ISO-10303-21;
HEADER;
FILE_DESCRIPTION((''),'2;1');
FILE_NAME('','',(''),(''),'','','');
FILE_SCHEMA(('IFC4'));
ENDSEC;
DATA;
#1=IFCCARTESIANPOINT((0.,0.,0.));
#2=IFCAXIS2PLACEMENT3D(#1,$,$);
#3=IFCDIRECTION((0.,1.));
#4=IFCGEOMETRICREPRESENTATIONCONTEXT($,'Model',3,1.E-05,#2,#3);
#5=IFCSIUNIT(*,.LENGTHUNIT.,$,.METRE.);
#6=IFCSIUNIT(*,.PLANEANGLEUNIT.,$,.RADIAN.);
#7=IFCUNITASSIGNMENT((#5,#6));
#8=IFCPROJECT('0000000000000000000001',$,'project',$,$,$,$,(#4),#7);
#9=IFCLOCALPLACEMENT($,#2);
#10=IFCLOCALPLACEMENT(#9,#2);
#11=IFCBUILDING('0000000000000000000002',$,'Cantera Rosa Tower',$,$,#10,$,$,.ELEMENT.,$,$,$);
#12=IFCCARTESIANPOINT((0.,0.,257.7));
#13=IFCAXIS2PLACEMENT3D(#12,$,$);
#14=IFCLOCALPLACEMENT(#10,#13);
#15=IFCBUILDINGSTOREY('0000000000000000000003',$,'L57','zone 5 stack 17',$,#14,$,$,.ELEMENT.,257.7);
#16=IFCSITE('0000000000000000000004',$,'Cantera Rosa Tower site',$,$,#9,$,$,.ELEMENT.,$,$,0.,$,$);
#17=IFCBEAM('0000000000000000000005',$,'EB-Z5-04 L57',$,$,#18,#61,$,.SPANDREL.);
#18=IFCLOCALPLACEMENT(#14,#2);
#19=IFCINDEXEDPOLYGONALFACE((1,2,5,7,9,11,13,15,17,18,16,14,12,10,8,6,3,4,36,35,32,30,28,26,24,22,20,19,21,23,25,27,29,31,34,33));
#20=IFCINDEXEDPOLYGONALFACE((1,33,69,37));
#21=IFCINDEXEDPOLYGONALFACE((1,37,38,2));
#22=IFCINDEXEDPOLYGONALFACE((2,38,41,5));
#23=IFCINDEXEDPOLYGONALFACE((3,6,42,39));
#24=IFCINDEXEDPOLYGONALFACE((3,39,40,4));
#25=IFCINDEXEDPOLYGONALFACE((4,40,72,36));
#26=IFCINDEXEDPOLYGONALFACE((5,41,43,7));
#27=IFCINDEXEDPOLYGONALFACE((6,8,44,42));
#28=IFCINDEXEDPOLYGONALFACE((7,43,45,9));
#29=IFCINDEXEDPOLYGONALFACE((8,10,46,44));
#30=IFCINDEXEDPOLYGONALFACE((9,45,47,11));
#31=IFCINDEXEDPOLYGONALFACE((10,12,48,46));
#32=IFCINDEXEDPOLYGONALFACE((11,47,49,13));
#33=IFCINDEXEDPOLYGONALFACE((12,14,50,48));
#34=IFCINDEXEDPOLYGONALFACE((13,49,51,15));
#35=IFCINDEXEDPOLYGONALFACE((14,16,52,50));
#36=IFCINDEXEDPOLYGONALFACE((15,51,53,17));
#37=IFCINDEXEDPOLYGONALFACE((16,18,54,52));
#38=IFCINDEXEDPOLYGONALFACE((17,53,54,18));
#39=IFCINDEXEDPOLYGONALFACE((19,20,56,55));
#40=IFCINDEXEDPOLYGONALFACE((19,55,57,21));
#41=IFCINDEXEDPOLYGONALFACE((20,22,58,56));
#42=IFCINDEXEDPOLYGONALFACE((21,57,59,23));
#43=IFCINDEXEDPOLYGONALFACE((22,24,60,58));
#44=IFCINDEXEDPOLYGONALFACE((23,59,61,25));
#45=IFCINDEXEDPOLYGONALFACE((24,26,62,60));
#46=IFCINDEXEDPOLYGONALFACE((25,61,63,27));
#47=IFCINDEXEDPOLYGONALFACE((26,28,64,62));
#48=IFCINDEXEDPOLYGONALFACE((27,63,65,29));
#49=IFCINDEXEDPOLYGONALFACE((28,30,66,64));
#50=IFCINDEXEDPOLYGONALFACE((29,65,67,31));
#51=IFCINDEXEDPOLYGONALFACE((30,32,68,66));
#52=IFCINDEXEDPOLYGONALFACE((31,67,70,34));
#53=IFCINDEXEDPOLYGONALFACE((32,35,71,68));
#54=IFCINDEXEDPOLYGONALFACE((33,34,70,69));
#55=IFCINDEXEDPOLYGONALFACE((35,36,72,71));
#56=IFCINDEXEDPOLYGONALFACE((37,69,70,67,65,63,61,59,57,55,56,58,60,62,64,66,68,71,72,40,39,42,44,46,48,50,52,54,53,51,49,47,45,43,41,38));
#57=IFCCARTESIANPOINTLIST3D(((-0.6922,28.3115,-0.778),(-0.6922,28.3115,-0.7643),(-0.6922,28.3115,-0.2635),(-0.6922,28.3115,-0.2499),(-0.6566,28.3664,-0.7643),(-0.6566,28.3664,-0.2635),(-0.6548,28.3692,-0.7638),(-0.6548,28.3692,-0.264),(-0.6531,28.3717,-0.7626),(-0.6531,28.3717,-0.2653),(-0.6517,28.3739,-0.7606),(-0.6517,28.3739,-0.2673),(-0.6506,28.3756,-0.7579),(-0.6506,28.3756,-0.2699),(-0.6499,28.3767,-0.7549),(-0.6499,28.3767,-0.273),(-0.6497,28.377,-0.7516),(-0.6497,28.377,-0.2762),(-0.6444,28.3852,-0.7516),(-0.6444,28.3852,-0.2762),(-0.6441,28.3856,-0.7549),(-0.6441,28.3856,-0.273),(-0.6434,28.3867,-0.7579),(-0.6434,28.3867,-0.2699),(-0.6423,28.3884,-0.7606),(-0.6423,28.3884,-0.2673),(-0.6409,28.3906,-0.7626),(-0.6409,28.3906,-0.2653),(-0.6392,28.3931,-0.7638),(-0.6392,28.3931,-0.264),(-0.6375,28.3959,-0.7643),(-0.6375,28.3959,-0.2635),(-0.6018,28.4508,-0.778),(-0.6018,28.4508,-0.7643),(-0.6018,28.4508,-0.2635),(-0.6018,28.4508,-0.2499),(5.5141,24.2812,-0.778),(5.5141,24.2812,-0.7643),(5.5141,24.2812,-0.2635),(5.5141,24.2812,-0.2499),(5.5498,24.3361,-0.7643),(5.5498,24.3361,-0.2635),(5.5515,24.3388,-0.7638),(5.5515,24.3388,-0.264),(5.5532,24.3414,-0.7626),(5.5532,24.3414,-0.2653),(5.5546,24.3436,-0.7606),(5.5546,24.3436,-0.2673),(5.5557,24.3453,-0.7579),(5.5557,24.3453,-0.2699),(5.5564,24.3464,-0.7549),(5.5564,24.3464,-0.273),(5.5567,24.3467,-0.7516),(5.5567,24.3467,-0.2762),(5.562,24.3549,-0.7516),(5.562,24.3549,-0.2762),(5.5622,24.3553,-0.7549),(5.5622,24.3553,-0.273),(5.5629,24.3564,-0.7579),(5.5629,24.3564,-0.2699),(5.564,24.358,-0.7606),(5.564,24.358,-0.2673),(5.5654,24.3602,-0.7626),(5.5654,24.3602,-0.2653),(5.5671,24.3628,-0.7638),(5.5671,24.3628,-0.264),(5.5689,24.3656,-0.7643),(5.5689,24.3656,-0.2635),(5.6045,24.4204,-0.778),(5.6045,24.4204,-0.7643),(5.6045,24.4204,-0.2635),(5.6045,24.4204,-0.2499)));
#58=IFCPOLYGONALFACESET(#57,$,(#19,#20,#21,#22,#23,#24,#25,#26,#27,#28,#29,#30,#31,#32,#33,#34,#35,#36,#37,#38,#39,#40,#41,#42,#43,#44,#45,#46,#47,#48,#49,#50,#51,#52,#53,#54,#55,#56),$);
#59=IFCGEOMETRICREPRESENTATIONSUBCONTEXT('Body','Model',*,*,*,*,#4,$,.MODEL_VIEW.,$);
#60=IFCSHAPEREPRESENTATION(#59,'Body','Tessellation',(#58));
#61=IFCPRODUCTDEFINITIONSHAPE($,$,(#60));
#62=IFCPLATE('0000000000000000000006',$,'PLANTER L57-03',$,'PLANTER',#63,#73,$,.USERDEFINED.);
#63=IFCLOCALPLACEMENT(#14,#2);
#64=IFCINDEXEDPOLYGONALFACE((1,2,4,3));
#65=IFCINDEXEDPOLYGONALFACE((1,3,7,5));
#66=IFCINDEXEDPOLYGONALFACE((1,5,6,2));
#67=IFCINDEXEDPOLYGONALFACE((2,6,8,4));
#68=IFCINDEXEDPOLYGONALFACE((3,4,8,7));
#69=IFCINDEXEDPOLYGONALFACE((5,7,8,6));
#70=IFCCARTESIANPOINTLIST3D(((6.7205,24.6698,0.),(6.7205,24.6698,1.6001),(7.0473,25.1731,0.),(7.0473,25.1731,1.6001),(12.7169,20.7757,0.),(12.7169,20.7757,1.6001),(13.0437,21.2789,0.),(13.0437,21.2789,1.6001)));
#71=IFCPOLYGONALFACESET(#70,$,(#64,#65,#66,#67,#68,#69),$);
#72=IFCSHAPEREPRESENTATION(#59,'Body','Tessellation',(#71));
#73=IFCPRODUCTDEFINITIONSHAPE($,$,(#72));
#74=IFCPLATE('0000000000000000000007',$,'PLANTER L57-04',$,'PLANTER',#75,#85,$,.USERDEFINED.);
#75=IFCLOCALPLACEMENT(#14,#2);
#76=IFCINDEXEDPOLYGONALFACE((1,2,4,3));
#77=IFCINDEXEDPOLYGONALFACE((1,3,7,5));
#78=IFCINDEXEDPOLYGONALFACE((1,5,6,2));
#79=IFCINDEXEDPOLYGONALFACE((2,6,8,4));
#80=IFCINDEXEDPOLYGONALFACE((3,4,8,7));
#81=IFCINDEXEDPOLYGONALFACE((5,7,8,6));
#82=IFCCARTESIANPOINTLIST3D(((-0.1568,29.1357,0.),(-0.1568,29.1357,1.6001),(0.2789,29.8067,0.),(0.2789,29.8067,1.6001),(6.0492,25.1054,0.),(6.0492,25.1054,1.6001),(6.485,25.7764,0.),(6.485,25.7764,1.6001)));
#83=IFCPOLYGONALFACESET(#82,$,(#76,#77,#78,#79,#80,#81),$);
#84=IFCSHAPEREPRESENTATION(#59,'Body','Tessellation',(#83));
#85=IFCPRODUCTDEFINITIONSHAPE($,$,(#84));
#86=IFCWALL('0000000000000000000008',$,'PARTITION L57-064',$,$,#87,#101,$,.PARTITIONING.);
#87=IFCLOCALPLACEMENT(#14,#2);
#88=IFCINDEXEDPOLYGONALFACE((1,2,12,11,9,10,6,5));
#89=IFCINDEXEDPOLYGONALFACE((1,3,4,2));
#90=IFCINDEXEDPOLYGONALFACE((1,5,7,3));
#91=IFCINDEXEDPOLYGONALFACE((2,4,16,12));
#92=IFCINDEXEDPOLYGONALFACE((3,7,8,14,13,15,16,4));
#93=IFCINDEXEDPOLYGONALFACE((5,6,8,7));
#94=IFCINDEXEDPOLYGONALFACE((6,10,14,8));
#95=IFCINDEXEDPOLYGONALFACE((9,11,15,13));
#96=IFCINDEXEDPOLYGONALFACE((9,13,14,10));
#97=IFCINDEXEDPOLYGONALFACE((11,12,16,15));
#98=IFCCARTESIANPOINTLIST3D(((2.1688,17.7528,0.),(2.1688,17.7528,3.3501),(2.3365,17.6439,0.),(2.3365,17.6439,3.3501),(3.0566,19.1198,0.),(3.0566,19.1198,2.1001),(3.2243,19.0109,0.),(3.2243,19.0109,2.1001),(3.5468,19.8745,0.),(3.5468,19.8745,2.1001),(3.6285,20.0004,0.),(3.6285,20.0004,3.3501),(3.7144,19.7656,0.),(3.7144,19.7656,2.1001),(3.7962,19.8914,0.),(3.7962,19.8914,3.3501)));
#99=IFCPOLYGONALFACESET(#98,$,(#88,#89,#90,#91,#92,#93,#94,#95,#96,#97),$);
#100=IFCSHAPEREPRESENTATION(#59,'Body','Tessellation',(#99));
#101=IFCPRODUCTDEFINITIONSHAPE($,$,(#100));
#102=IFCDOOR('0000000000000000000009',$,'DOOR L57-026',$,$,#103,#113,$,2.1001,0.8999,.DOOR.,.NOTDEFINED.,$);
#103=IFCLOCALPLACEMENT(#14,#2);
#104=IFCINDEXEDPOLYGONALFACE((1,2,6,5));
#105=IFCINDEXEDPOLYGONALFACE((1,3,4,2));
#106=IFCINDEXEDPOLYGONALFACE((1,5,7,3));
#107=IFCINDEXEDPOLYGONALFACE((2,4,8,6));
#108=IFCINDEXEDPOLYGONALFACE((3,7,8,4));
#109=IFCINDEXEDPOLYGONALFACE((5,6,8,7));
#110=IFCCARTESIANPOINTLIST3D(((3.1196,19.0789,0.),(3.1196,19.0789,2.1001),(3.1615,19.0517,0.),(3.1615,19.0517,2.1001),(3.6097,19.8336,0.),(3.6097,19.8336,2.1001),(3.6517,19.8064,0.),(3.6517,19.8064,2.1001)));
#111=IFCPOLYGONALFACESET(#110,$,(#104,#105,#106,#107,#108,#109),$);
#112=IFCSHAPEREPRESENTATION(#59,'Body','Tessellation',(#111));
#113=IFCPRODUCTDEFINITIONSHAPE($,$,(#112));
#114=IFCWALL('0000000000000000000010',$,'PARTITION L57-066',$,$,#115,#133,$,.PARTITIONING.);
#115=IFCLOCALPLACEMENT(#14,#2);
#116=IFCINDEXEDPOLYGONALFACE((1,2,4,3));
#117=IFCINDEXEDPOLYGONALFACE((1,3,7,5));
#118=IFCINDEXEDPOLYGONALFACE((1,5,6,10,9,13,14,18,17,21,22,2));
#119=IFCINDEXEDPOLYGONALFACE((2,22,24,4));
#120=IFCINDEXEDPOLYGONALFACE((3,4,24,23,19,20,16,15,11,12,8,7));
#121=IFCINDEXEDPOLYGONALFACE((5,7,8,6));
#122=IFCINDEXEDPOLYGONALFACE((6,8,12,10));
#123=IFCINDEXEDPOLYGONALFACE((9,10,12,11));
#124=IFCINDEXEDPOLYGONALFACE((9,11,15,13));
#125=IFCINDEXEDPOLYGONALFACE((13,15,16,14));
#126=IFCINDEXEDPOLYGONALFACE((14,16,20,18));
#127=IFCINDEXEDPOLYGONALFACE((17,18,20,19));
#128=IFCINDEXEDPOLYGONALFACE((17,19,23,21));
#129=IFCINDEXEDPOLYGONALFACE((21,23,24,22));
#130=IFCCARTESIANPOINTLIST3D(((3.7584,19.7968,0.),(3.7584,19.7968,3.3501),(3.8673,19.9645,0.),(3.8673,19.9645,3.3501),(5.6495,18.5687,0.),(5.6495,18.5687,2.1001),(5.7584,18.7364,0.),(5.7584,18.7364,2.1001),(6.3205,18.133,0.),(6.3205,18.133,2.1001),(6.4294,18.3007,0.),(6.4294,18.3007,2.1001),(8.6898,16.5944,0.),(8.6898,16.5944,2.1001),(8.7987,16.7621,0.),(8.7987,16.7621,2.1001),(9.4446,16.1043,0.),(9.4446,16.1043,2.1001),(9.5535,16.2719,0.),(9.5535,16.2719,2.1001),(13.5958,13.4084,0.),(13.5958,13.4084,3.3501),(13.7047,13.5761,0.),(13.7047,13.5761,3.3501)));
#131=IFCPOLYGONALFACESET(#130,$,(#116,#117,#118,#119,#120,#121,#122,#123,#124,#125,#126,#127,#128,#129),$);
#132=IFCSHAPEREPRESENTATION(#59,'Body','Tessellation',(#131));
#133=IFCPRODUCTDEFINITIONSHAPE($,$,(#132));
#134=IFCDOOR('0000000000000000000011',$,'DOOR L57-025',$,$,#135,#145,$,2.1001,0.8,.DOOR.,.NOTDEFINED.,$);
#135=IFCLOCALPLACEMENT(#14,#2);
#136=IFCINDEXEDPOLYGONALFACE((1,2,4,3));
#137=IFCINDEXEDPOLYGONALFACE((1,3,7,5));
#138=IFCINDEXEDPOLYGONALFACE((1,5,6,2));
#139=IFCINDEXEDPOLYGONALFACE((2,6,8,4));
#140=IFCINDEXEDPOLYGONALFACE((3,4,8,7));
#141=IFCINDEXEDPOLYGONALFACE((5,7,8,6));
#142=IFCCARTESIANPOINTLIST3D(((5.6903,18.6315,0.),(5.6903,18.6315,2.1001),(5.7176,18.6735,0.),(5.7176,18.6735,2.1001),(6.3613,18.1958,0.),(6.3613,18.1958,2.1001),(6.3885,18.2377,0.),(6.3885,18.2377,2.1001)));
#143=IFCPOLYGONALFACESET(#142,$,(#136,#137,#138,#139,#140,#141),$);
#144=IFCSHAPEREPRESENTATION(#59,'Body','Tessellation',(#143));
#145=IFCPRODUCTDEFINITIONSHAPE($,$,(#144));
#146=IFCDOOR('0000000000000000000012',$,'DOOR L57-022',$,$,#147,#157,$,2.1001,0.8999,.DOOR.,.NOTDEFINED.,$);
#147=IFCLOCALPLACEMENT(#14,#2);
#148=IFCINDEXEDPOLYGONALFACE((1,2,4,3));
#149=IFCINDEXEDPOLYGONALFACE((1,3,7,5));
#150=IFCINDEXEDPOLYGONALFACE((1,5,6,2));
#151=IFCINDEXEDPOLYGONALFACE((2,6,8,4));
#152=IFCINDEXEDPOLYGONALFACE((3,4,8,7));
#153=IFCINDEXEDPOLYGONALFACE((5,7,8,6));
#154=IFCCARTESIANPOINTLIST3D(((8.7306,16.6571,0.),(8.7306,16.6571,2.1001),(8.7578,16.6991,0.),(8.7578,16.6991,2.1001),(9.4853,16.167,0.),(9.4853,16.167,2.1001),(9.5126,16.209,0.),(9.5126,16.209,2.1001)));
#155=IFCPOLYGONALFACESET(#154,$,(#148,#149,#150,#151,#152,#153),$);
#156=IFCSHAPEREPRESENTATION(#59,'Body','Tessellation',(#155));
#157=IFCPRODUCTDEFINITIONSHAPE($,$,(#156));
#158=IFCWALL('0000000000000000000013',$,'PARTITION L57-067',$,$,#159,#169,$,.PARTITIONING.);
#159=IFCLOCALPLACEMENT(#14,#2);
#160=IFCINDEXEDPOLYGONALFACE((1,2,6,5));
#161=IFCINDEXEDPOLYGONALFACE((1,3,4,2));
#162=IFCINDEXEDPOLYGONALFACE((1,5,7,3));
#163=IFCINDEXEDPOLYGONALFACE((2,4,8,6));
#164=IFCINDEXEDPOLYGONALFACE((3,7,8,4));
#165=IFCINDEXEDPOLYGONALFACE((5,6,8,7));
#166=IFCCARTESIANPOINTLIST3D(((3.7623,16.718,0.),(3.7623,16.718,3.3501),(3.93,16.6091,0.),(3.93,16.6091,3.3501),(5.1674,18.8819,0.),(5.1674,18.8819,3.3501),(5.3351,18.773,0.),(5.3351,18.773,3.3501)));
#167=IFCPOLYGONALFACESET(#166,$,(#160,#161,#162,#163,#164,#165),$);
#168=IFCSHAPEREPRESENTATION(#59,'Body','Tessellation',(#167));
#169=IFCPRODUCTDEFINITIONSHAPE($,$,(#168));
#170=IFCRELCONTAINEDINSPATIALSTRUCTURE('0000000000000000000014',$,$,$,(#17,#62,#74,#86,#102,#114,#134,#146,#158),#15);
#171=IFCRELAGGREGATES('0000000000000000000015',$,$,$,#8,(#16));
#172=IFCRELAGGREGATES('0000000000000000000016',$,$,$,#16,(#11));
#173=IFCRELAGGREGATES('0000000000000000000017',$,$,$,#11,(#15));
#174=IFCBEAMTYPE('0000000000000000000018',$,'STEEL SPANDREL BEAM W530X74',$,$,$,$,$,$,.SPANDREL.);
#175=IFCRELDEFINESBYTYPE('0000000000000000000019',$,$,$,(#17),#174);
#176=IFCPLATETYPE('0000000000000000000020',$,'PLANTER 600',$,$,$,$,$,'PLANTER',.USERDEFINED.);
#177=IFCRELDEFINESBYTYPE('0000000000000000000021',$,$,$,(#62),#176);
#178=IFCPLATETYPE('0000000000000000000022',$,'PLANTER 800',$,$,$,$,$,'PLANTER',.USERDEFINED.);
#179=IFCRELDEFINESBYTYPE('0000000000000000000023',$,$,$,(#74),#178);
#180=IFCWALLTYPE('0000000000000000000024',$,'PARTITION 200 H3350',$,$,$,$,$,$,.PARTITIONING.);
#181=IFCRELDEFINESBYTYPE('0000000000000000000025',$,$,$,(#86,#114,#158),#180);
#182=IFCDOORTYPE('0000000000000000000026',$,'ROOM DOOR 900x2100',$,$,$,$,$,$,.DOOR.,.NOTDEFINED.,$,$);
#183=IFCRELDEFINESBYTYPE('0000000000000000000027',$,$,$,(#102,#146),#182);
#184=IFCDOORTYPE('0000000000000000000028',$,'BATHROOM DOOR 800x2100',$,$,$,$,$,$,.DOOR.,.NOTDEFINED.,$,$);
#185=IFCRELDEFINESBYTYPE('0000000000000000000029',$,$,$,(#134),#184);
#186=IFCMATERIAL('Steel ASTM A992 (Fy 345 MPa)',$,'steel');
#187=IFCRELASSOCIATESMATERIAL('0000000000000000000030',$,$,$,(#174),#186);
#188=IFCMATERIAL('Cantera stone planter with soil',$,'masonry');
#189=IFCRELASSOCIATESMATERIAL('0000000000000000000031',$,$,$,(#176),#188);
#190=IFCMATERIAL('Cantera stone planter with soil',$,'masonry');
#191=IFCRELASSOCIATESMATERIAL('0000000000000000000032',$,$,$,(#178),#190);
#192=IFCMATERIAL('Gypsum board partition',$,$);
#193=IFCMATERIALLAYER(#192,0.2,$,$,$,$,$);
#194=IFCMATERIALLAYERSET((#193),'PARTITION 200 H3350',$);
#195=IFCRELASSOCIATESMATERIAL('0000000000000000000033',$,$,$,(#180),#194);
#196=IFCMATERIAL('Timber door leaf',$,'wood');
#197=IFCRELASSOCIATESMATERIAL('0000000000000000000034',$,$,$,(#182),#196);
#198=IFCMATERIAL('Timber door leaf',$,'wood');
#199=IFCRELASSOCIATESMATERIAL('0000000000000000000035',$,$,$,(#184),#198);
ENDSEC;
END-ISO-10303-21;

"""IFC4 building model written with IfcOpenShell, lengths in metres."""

from ifc_helpers import new_model, si_unit, direction, frame, frame_2d, origin, origin_2d, place, context, subcontext, project, spatial, rectangle, i_section, extrude, material, layer, layer_set, material_profile, profile_set, type_object, element, fill, save


model = new_model("IFC4")

# Units and contexts
model_context = context("Model", 3, precision=1e-05, world=origin(), true_north=direction((0.0, 1.0)))
body_context = subcontext(model_context, "Body", "Model", "MODEL_VIEW")
ifc_project = project(units=[si_unit("LENGTHUNIT", "METRE"), si_unit("PLANEANGLEUNIT", "RADIAN")], contexts=[model_context])

# Site, building, storey
site_placement = place(None, origin())
site = spatial("IfcSite", under=ifc_project, at=site_placement, Name="Cantera Rosa Tower site", CompositionType="ELEMENT", RefElevation=0.0)
building_placement = place(site_placement, origin())
building = spatial("IfcBuilding", under=site, at=building_placement, Name="Cantera Rosa Tower", CompositionType="ELEMENT")
storey_placement = place(building_placement, frame((0.0, 0.0, 257.7)))
storey = spatial("IfcBuildingStorey", under=building, at=storey_placement, Name="L57", Description="zone 5 stack 17", CompositionType="ELEMENT", Elevation=257.7)

# Beam
ifc_material_1 = material(Name="Steel ASTM A992 (Fy 345 MPa)", Category="steel")
ifc_material_profile_1 = material_profile(ifc_material_1, i_section(OverallWidth=0.166, OverallDepth=0.5281, WebThickness=0.0098, FlangeThickness=0.0137, FilletRadius=0.0127, at=origin_2d()), Name="W530X74")
ifc_profile_set_1 = profile_set([ifc_material_profile_1], Name="Steel ASTM A992 (Fy 345 MPa)")
beam_type_1 = type_object("IfcBeamType", Name="STEEL SPANDREL BEAM W530X74", PredefinedType="SPANDREL", material=ifc_profile_set_1)
beam_1_placement = place(storey_placement, frame((5.5593, 24.3508, -0.5139), z_axis=(-0.838679, 0.544625, 0.0), x_axis=(-0.544625, -0.838679, 0.0)))
element("IfcBeam", 1, at=beam_1_placement, inside=storey, type_object=beam_type_1, Name="EB-Z5-04 L57", PredefinedType="SPANDREL", context=body_context, shape_type="SweptSolid", body=[
    extrude(i_section(OverallWidth=0.166, OverallDepth=0.5281, WebThickness=0.0098, FlangeThickness=0.0137, FilletRadius=0.0127, at=origin_2d()), origin(), (0.0, 0.0, 1.0), 7.4001),
])

# Plates
ifc_material_2 = material(Name="Cantera stone planter with soil", Category="masonry")
plate_type_1 = type_object("IfcPlateType", Name="PLANTER 600", ElementType="PLANTER", PredefinedType="USERDEFINED", material=ifc_material_2)
plate_1_placement = place(storey_placement, frame((9.8821, 22.9744, 0.0), z_axis=(0.0, 0.0, 1.0), x_axis=(-0.838671, 0.544639, 0.0)))
element("IfcPlate", 2, at=plate_1_placement, inside=storey, type_object=plate_type_1, Name="PLANTER L57-03", ObjectType="PLANTER", PredefinedType="USERDEFINED", context=body_context, shape_type="SweptSolid", body=[
    extrude(rectangle(XDim=7.1499, YDim=0.6001, at=origin_2d()), origin(), (0.0, 0.0, 1.0), 1.6001),
])
ifc_material_3 = material(Name="Cantera stone planter with soil", Category="masonry")
plate_type_2 = type_object("IfcPlateType", Name="PLANTER 800", ElementType="PLANTER", PredefinedType="USERDEFINED", material=ifc_material_3)
plate_2_placement = place(storey_placement, frame((3.1641, 27.4561, 0.0), z_axis=(0.0, 0.0, 1.0), x_axis=(-0.838671, 0.544639, 0.0)))
element("IfcPlate", 3, at=plate_2_placement, inside=storey, type_object=plate_type_2, Name="PLANTER L57-04", ObjectType="PLANTER", PredefinedType="USERDEFINED", context=body_context, shape_type="SweptSolid", body=[
    extrude(rectangle(XDim=7.3999, YDim=0.8, at=origin_2d()), origin(), (0.0, 0.0, 1.0), 1.6001),
])

# Wall, opening, door
ifc_material_4 = material(Name="Gypsum board partition")
ifc_layer_1 = layer(ifc_material_4, 0.2)
ifc_layer_set_1 = layer_set([ifc_layer_1], Name="PARTITION 200 H3350")
wall_type_1 = type_object("IfcWallType", Name="PARTITION 200 H3350", PredefinedType="PARTITIONING", material=ifc_layer_set_1)
wall_1_placement = place(storey_placement, frame((2.2527, 17.6985, 0.0), z_axis=(0.0, 0.0, 1.0), x_axis=(0.544675, 0.838648, 0.0)))
wall_1 = element("IfcWall", 4, at=wall_1_placement, inside=storey, type_object=wall_type_1, Name="PARTITION L57-064", PredefinedType="PARTITIONING", context=body_context, shape_type="SweptSolid", body=[
    extrude(rectangle(XDim=2.6799, YDim=0.2, at=frame_2d((1.3398, 0.0))), origin(), (0.0, 0.0, 1.0), 3.3501),
])
opening_1_placement = place(wall_1_placement, frame((1.6299, 0.0, 0.0)))
opening_1 = element("IfcOpeningElement", 5, at=opening_1_placement, cuts=wall_1, PredefinedType="OPENING", context=body_context, shape_type="SweptSolid", body=[
    extrude(rectangle(XDim=0.8999, YDim=2.1001, at=frame_2d((0.45, 1.05))), frame((0.0, 0.1099, 0.0), z_axis=(0.0, -1.0, 0.0), x_axis=(1.0, 0.0, 0.0)), (0.0, 0.0, 1.0), 0.22),
])
ifc_material_5 = material(Name="Timber door leaf", Category="wood")
door_type_1 = type_object("IfcDoorType", Name="ROOM DOOR 900x2100", OperationType="NOTDEFINED", PredefinedType="DOOR", material=ifc_material_5)
door_1_placement = place(opening_1_placement, origin())
door_1 = element("IfcDoor", 6, at=door_1_placement, inside=storey, type_object=door_type_1, Name="DOOR L57-026", OperationType="NOTDEFINED", OverallHeight=2.1001, OverallWidth=0.8999, PredefinedType="DOOR", context=body_context, shape_type="SweptSolid", body=[
    extrude(rectangle(XDim=0.8999, YDim=2.1001, at=frame_2d((0.45, 1.05))), frame((0.0, 0.0249, 0.0), z_axis=(0.0, -1.0, 0.0), x_axis=(1.0, 0.0, 0.0)), (0.0, 0.0, 1.0), 0.05),
])
fill(opening_1, door_1)

# Wall, openings, doors
wall_2_placement = place(storey_placement, frame((3.813, 19.8806, 0.0), z_axis=(0.0, 0.0, 1.0), x_axis=(0.838673, -0.544636, 0.0)))
wall_2 = element("IfcWall", 7, at=wall_2_placement, inside=storey, type_object=wall_type_1, Name="PARTITION L57-066", PredefinedType="PARTITIONING", context=body_context, shape_type="SweptSolid", body=[
    extrude(rectangle(XDim=11.7297, YDim=0.2, at=frame_2d((5.8647, 0.0))), origin(), (0.0, 0.0, 1.0), 3.3501),
])
opening_2_placement = place(wall_2_placement, frame((5.8799, 0.0, 0.0)))
opening_2 = element("IfcOpeningElement", 8, at=opening_2_placement, cuts=wall_2, PredefinedType="OPENING", context=body_context, shape_type="SweptSolid", body=[
    extrude(rectangle(XDim=0.8999, YDim=2.1001, at=frame_2d((0.45, 1.05))), frame((0.0, 0.1099, 0.0), z_axis=(0.0, -1.0, 0.0), x_axis=(1.0, 0.0, 0.0)), (0.0, 0.0, 1.0), 0.22),
])
opening_3_placement = place(wall_2_placement, frame((2.2549, 0.0, 0.0)))
opening_3 = element("IfcOpeningElement", 9, at=opening_3_placement, cuts=wall_2, PredefinedType="OPENING", context=body_context, shape_type="SweptSolid", body=[
    extrude(rectangle(XDim=0.8, YDim=2.1001, at=frame_2d((0.3999, 1.05))), frame((0.0, 0.1099, 0.0), z_axis=(0.0, -1.0, 0.0), x_axis=(1.0, 0.0, 0.0)), (0.0, 0.0, 1.0), 0.22),
])
ifc_material_6 = material(Name="Timber door leaf", Category="wood")
door_type_2 = type_object("IfcDoorType", Name="BATHROOM DOOR 800x2100", OperationType="NOTDEFINED", PredefinedType="DOOR", material=ifc_material_6)
door_2_placement = place(opening_3_placement, origin())
door_2 = element("IfcDoor", 10, at=door_2_placement, inside=storey, type_object=door_type_2, Name="DOOR L57-025", OperationType="NOTDEFINED", OverallHeight=2.1001, OverallWidth=0.8, PredefinedType="DOOR", context=body_context, shape_type="SweptSolid", body=[
    extrude(rectangle(XDim=0.8, YDim=2.1001, at=frame_2d((0.3999, 1.05))), frame((0.0, 0.0249, 0.0), z_axis=(0.0, -1.0, 0.0), x_axis=(1.0, 0.0, 0.0)), (0.0, 0.0, 1.0), 0.05),
])
fill(opening_3, door_2)
door_3_placement = place(opening_2_placement, origin())
door_3 = element("IfcDoor", 11, at=door_3_placement, inside=storey, type_object=door_type_1, Name="DOOR L57-022", OperationType="NOTDEFINED", OverallHeight=2.1001, OverallWidth=0.8999, PredefinedType="DOOR", context=body_context, shape_type="SweptSolid", body=[
    extrude(rectangle(XDim=0.8999, YDim=2.1001, at=frame_2d((0.45, 1.05))), frame((0.0, 0.0249, 0.0), z_axis=(0.0, -1.0, 0.0), x_axis=(1.0, 0.0, 0.0)), (0.0, 0.0, 1.0), 0.05),
])
fill(opening_2, door_3)

# Wall
wall_3_placement = place(storey_placement, frame((3.8462, 16.6636, 0.0), z_axis=(0.0, 0.0, 1.0), x_axis=(0.544592, 0.838701, 0.0)))
element("IfcWall", 12, at=wall_3_placement, inside=storey, type_object=wall_type_1, Name="PARTITION L57-067", PredefinedType="PARTITIONING", context=body_context, shape_type="SweptSolid", body=[
    extrude(rectangle(XDim=2.5801, YDim=0.2, at=frame_2d((1.29, 0.0))), origin(), (0.0, 0.0, 1.0), 3.3501),
])

save(model, "model.ifc")
